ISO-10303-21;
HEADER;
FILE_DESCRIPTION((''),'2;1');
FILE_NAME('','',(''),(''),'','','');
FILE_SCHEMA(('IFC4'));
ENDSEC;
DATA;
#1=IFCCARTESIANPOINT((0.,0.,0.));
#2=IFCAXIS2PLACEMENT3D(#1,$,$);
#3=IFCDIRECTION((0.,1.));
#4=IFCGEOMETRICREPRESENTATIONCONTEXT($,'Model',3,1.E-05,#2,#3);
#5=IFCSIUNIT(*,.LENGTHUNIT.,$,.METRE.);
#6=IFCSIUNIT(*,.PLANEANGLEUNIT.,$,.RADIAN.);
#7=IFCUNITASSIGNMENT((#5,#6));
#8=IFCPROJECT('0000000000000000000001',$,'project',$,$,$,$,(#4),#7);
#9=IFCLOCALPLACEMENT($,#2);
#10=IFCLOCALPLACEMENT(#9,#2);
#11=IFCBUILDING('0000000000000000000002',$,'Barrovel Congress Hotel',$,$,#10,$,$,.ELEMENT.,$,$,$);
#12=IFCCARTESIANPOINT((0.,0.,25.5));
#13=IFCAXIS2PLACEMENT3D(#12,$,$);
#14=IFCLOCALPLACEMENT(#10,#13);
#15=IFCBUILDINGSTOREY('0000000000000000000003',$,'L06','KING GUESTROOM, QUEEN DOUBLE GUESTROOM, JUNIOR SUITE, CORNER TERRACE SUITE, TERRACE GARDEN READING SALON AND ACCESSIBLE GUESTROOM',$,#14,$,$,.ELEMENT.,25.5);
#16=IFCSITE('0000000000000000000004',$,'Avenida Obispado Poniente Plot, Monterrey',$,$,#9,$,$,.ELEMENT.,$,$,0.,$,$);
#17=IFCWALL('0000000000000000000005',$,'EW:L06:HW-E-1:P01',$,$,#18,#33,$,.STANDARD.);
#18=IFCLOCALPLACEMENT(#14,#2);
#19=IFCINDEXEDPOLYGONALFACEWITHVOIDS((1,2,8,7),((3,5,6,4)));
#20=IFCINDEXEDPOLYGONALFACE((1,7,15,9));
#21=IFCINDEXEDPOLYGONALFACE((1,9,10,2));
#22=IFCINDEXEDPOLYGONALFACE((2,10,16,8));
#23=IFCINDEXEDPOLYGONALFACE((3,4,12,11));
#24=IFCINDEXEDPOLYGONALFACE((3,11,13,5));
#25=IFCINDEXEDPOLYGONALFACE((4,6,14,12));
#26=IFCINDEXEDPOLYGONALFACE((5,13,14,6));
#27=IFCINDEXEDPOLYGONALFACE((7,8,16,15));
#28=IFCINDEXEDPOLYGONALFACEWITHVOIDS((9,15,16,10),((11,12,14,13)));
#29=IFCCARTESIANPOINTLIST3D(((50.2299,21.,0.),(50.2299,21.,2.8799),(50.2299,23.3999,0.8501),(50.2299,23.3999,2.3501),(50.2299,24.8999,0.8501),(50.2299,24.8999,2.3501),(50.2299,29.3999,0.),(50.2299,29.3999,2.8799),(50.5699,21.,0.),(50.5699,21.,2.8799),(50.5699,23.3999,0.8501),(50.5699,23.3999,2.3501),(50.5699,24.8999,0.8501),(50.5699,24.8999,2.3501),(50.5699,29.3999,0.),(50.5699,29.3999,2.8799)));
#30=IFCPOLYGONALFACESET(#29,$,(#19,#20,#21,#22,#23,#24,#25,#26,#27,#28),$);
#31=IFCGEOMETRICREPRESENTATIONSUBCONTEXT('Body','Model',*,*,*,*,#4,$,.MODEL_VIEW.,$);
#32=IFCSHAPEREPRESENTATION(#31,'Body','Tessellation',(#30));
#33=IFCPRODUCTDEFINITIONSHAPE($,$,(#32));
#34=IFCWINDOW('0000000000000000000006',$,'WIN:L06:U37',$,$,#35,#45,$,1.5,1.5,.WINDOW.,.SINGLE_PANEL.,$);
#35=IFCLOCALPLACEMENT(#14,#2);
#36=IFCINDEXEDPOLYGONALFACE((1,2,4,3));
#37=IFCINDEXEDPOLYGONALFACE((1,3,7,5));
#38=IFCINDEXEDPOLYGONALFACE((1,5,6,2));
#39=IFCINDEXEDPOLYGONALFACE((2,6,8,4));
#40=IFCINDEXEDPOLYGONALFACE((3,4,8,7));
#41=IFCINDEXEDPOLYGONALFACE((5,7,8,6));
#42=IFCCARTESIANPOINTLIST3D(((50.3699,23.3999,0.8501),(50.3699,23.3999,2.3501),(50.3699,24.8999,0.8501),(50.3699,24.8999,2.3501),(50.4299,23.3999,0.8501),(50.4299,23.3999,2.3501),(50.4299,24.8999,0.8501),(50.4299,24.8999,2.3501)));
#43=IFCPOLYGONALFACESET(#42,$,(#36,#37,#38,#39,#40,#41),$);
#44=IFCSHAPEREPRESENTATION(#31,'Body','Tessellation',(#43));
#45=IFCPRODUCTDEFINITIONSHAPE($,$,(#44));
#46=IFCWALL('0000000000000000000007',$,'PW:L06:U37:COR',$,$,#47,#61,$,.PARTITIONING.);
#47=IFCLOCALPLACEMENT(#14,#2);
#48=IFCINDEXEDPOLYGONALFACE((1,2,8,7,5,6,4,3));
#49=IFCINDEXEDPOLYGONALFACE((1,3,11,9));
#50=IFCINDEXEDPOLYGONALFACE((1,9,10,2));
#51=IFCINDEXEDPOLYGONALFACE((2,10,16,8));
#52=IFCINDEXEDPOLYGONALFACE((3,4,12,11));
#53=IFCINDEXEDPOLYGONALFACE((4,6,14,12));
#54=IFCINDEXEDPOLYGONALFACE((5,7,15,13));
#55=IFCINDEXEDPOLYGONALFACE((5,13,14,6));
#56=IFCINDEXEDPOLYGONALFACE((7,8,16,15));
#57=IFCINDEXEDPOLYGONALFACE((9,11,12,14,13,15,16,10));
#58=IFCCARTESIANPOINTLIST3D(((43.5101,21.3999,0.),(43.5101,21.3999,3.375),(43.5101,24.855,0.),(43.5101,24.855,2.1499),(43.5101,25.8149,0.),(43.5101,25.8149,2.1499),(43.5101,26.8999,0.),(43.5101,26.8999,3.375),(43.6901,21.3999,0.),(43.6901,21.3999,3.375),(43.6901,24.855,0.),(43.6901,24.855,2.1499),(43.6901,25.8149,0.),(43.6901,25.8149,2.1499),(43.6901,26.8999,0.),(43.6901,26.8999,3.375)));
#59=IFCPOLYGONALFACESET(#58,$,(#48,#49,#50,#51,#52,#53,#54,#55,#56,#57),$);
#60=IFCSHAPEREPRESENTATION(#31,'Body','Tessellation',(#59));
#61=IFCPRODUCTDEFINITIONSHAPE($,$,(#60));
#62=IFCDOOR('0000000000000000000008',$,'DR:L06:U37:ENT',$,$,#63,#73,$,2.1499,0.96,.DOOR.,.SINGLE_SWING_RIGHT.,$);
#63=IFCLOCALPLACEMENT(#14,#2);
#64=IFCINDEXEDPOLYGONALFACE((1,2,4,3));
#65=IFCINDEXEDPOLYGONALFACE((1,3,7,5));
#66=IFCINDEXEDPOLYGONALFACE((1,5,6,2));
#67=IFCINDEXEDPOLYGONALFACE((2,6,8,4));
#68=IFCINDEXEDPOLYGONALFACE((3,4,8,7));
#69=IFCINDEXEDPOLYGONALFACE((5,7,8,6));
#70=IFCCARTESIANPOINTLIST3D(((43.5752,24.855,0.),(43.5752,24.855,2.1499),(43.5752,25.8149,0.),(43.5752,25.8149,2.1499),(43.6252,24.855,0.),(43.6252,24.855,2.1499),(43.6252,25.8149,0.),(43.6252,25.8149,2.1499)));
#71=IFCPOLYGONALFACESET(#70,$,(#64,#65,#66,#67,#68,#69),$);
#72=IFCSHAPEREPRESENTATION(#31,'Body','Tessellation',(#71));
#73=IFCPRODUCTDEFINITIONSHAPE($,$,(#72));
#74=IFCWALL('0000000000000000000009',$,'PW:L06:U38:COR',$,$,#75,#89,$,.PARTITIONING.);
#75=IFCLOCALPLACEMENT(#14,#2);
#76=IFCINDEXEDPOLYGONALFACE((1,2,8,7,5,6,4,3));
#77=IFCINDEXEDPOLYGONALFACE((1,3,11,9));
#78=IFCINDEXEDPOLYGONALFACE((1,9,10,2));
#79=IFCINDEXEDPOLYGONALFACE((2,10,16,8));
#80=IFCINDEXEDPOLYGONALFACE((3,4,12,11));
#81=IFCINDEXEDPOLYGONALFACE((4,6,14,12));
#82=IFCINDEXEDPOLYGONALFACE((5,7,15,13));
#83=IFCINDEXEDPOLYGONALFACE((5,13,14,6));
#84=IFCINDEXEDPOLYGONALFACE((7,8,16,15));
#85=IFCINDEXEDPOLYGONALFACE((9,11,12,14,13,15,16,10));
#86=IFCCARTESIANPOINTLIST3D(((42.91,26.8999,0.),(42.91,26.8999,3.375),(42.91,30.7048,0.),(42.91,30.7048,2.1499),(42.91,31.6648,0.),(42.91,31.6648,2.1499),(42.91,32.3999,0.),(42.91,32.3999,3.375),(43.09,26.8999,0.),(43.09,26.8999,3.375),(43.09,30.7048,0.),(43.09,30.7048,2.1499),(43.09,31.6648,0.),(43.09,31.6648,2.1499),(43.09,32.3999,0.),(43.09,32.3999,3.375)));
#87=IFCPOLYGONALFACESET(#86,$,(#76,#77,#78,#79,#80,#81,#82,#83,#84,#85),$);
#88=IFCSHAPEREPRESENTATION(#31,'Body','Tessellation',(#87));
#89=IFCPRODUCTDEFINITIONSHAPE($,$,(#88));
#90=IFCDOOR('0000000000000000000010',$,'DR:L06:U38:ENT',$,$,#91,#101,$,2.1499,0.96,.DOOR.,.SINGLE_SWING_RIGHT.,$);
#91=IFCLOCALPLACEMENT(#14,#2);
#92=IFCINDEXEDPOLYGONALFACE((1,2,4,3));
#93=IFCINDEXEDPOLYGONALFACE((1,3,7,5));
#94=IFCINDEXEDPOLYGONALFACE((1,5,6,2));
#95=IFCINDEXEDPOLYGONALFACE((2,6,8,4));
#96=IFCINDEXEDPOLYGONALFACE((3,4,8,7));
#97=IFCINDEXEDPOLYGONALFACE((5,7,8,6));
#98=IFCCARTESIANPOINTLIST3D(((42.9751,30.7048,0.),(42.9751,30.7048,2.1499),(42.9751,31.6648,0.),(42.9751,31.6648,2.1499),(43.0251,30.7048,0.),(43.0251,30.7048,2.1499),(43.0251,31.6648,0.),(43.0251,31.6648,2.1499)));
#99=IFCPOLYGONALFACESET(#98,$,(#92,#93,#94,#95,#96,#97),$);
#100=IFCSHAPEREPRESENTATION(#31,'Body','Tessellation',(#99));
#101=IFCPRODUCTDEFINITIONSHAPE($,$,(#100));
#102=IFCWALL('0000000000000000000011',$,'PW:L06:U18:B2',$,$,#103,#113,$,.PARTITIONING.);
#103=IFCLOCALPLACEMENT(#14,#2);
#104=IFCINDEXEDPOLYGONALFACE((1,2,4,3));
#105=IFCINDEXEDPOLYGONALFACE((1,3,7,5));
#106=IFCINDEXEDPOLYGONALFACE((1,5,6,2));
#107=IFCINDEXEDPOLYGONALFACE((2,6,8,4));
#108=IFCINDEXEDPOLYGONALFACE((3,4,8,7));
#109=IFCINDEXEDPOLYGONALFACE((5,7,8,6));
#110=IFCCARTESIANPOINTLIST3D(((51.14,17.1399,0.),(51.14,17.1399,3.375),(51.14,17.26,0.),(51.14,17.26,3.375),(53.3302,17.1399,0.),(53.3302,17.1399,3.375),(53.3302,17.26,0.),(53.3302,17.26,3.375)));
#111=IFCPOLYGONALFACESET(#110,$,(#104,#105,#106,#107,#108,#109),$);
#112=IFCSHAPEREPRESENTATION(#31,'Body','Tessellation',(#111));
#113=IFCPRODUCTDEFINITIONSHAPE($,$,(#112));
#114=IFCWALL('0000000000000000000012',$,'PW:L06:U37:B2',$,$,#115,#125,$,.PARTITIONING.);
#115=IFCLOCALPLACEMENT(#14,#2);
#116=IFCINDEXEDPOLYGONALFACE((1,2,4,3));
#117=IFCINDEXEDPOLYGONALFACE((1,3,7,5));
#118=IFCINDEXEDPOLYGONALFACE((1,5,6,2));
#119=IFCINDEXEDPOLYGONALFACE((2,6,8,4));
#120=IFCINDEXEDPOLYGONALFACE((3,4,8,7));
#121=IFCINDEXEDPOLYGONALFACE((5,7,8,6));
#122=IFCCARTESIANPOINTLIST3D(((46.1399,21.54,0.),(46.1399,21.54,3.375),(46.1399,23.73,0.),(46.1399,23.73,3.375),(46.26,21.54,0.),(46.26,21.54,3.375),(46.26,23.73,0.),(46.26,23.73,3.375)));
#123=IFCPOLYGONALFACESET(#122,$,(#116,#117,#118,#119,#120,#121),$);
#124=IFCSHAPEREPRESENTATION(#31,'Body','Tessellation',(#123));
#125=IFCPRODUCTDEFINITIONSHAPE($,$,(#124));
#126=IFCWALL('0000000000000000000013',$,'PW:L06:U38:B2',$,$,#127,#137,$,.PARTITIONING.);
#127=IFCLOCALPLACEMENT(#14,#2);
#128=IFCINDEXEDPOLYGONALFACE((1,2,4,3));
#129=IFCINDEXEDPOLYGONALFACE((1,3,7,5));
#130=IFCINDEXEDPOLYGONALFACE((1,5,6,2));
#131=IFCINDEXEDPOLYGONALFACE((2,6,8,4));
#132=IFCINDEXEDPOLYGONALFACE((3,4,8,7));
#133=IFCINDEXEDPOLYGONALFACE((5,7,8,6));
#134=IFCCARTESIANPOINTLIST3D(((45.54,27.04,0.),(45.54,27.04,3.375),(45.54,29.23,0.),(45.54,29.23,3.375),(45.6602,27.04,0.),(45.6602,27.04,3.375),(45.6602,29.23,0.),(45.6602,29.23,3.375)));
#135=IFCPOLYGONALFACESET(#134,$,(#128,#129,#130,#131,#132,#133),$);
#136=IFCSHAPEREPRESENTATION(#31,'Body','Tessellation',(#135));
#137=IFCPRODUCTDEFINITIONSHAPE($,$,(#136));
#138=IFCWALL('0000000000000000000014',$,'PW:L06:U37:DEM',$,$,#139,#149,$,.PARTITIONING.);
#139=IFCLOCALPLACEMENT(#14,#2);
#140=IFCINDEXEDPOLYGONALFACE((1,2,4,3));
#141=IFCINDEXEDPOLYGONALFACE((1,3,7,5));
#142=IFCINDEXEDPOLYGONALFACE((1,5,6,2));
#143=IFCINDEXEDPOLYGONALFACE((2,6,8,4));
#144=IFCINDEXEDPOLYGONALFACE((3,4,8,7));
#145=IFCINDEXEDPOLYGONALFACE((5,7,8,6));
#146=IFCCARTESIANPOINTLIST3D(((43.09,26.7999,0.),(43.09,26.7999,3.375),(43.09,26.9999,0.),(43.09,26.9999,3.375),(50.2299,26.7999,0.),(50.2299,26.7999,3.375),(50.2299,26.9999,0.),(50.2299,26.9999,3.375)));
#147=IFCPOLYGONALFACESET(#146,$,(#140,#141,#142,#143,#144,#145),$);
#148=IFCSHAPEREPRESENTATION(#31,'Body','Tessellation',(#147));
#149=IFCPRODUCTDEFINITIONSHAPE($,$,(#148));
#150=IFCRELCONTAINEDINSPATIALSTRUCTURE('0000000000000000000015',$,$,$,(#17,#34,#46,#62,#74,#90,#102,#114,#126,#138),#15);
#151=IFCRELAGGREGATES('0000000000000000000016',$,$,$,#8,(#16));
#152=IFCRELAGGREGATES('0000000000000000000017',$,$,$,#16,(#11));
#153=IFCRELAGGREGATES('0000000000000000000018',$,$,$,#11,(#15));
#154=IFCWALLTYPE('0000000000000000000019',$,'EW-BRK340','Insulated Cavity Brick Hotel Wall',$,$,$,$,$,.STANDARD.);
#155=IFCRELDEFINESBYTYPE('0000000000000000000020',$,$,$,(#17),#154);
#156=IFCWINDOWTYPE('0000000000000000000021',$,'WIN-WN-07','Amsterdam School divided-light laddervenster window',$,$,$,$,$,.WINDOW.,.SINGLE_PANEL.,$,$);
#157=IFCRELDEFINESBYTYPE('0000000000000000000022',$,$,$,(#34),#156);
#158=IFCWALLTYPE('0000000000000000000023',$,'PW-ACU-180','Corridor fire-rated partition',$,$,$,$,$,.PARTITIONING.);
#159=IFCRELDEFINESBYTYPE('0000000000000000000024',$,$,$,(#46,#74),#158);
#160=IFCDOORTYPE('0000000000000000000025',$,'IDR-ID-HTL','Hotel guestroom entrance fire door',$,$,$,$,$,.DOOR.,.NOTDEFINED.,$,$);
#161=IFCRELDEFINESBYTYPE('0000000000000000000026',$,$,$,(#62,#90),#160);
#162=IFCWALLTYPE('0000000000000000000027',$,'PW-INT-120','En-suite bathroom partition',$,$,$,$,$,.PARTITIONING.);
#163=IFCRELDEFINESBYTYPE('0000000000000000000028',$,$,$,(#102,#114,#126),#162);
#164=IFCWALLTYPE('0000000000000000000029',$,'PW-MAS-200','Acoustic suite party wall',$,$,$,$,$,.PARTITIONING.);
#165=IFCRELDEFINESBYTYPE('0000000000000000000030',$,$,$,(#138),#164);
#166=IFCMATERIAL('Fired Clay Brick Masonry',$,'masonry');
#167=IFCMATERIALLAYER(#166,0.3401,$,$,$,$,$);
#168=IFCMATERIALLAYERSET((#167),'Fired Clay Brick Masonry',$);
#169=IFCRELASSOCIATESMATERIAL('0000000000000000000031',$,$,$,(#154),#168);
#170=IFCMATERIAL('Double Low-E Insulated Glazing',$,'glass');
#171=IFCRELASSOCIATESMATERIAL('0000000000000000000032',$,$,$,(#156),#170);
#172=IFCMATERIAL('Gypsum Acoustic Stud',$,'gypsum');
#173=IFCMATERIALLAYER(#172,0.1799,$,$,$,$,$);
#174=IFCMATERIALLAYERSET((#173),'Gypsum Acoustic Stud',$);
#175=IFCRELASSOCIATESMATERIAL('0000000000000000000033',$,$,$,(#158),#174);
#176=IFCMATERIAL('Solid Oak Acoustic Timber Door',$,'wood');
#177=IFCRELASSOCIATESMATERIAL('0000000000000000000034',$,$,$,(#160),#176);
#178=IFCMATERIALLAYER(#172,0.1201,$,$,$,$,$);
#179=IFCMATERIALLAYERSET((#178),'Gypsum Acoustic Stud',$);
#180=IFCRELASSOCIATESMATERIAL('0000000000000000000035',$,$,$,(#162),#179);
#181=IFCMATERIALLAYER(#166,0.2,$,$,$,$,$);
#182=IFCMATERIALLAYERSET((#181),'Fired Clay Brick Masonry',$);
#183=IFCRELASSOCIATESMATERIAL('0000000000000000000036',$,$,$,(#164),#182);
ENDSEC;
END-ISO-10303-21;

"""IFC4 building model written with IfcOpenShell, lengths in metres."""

from ifc_helpers import new_model, si_unit, direction, frame, frame_2d, origin, place, context, subcontext, project, spatial, rectangle, extrude, material, layer, layer_set, type_object, element, fill, save


model = new_model("IFC4")

# Units and contexts
model_context = context("Model", 3, precision=1e-05, world=origin(), true_north=direction((0.0, 1.0)))
body_context = subcontext(model_context, "Body", "Model", "MODEL_VIEW")
ifc_project = project(units=[si_unit("LENGTHUNIT", "METRE"), si_unit("PLANEANGLEUNIT", "RADIAN")], contexts=[model_context])

# Site, building, storey
site_placement = place(None, origin())
site = spatial("IfcSite", under=ifc_project, at=site_placement, Name="Avenida Obispado Poniente Plot, Monterrey", CompositionType="ELEMENT", RefElevation=0.0)
building_placement = place(site_placement, origin())
building = spatial("IfcBuilding", under=site, at=building_placement, Name="Barrovel Congress Hotel", CompositionType="ELEMENT")
storey_placement = place(building_placement, frame((0.0, 0.0, 25.5)))
storey = spatial("IfcBuildingStorey", under=building, at=storey_placement, Name="L06", Description="KING GUESTROOM, QUEEN DOUBLE GUESTROOM, JUNIOR SUITE, CORNER TERRACE SUITE, TERRACE GARDEN READING SALON AND ACCESSIBLE GUESTROOM", CompositionType="ELEMENT", Elevation=25.5)

# Wall, opening, window
ifc_material_1 = material(Name="Fired Clay Brick Masonry", Category="masonry")
ifc_layer_1 = layer(ifc_material_1, 0.3401)
ifc_layer_set_1 = layer_set([ifc_layer_1], Name="Fired Clay Brick Masonry")
wall_type_1 = type_object("IfcWallType", Name="EW-BRK340", Description="Insulated Cavity Brick Hotel Wall", PredefinedType="STANDARD", material=ifc_layer_set_1)
wall_1_placement = place(storey_placement, frame((50.3999, 21.0, 0.0), z_axis=(0.0, 0.0, 1.0), x_axis=(0.0, 1.0, 0.0)))
wall_1 = element("IfcWall", 1, at=wall_1_placement, inside=storey, type_object=wall_type_1, Name="EW:L06:HW-E-1:P01", PredefinedType="STANDARD", context=body_context, shape_type="SweptSolid", body=[
    extrude(rectangle(XDim=8.3999, YDim=0.3401, at=frame_2d((4.2, 0.0))), origin(), (0.0, 0.0, 1.0), 2.8799),
])
opening_1_placement = place(wall_1_placement, frame((2.3999, 0.0, 0.8501)))
opening_1 = element("IfcOpeningElement", 2, at=opening_1_placement, cuts=wall_1, PredefinedType="OPENING", context=body_context, shape_type="SweptSolid", body=[
    extrude(rectangle(XDim=1.5, YDim=1.5, at=frame_2d((0.75, 0.75))), frame((0.0, 0.1802, 0.0), z_axis=(0.0, -1.0, 0.0), x_axis=(1.0, 0.0, 0.0)), (0.0, 0.0, 1.0), 0.3601),
])
ifc_material_2 = material(Name="Double Low-E Insulated Glazing", Category="glass")
window_type = type_object("IfcWindowType", Name="WIN-WN-07", Description="Amsterdam School divided-light laddervenster window", PartitioningType="SINGLE_PANEL", PredefinedType="WINDOW", material=ifc_material_2)
window_placement = place(opening_1_placement, origin())
window = element("IfcWindow", 3, at=window_placement, inside=storey, type_object=window_type, Name="WIN:L06:U37", OverallHeight=1.5, OverallWidth=1.5, PartitioningType="SINGLE_PANEL", PredefinedType="WINDOW", context=body_context, shape_type="SweptSolid", body=[
    extrude(rectangle(XDim=1.5, YDim=1.5, at=frame_2d((0.75, 0.75))), frame((0.0, 0.03, 0.0), z_axis=(0.0, -1.0, 0.0), x_axis=(1.0, 0.0, 0.0)), (0.0, 0.0, 1.0), 0.0601),
])
fill(opening_1, window)

# Walls, openings, doors
ifc_material_3 = material(Name="Gypsum Acoustic Stud", Category="gypsum")
ifc_layer_2 = layer(ifc_material_3, 0.1799)
ifc_layer_set_2 = layer_set([ifc_layer_2], Name="Gypsum Acoustic Stud")
wall_type_2 = type_object("IfcWallType", Name="PW-ACU-180", Description="Corridor fire-rated partition", PredefinedType="PARTITIONING", material=ifc_layer_set_2)
wall_2_placement = place(storey_placement, frame((43.6001, 21.3999, 0.0), z_axis=(0.0, 0.0, 1.0), x_axis=(0.0, 1.0, 0.0)))
wall_2 = element("IfcWall", 4, at=wall_2_placement, inside=storey, type_object=wall_type_2, Name="PW:L06:U37:COR", PredefinedType="PARTITIONING", context=body_context, shape_type="SweptSolid", body=[
    extrude(rectangle(XDim=5.5, YDim=0.1799, at=frame_2d((2.75, 0.0))), origin(), (0.0, 0.0, 1.0), 3.375),
])
opening_2_placement = place(wall_2_placement, frame((3.4551, 0.0, 0.0)))
opening_2 = element("IfcOpeningElement", 5, at=opening_2_placement, cuts=wall_2, PredefinedType="OPENING", context=body_context, shape_type="SweptSolid", body=[
    extrude(rectangle(XDim=0.96, YDim=2.1499, at=frame_2d((0.48, 1.075))), frame((0.0, 0.1001, 0.0), z_axis=(0.0, -1.0, 0.0), x_axis=(1.0, 0.0, 0.0)), (0.0, 0.0, 1.0), 0.2),
])
ifc_material_4 = material(Name="Solid Oak Acoustic Timber Door", Category="wood")
door_type_1 = type_object("IfcDoorType", Name="IDR-ID-HTL", Description="Hotel guestroom entrance fire door", OperationType="NOTDEFINED", PredefinedType="DOOR", material=ifc_material_4)
door_1_placement = place(opening_2_placement, origin())
door_1 = element("IfcDoor", 6, at=door_1_placement, inside=storey, type_object=door_type_1, Name="DR:L06:U37:ENT", OperationType="SINGLE_SWING_RIGHT", OverallHeight=2.1499, OverallWidth=0.96, PredefinedType="DOOR", context=body_context, shape_type="SweptSolid", body=[
    extrude(rectangle(XDim=0.96, YDim=2.1499, at=frame_2d((0.48, 1.075))), frame((0.0, 0.0249, 0.0), z_axis=(0.0, -1.0, 0.0), x_axis=(1.0, 0.0, 0.0)), (0.0, 0.0, 1.0), 0.05),
])
fill(opening_2, door_1)
wall_3_placement = place(storey_placement, frame((43.0, 26.8999, 0.0), z_axis=(0.0, 0.0, 1.0), x_axis=(0.0, 1.0, 0.0)))
wall_3 = element("IfcWall", 7, at=wall_3_placement, inside=storey, type_object=wall_type_2, Name="PW:L06:U38:COR", PredefinedType="PARTITIONING", context=body_context, shape_type="SweptSolid", body=[
    extrude(rectangle(XDim=5.5, YDim=0.1799, at=frame_2d((2.75, 0.0))), origin(), (0.0, 0.0, 1.0), 3.375),
])
opening_3_placement = place(wall_3_placement, frame((3.8049, 0.0, 0.0)))
opening_3 = element("IfcOpeningElement", 8, at=opening_3_placement, cuts=wall_3, PredefinedType="OPENING", context=body_context, shape_type="SweptSolid", body=[
    extrude(rectangle(XDim=0.96, YDim=2.1499, at=frame_2d((0.48, 1.075))), frame((0.0, 0.1001, 0.0), z_axis=(0.0, -1.0, 0.0), x_axis=(1.0, 0.0, 0.0)), (0.0, 0.0, 1.0), 0.2),
])
door_2_placement = place(opening_3_placement, origin())
door_2 = element("IfcDoor", 9, at=door_2_placement, inside=storey, type_object=door_type_1, Name="DR:L06:U38:ENT", OperationType="SINGLE_SWING_RIGHT", OverallHeight=2.1499, OverallWidth=0.96, PredefinedType="DOOR", context=body_context, shape_type="SweptSolid", body=[
    extrude(rectangle(XDim=0.96, YDim=2.1499, at=frame_2d((0.48, 1.075))), frame((0.0, 0.0249, 0.0), z_axis=(0.0, -1.0, 0.0), x_axis=(1.0, 0.0, 0.0)), (0.0, 0.0, 1.0), 0.05),
])
fill(opening_3, door_2)

# Walls
ifc_layer_3 = layer(ifc_material_3, 0.1201)
ifc_layer_set_3 = layer_set([ifc_layer_3], Name="Gypsum Acoustic Stud")
wall_type_3 = type_object("IfcWallType", Name="PW-INT-120", Description="En-suite bathroom partition", PredefinedType="PARTITIONING", material=ifc_layer_set_3)
wall_4_placement = place(storey_placement, frame((51.1399, 17.2, 0.0), z_axis=(0.0, 0.0, 1.0), x_axis=(1.0, 0.0, 0.0)))
element("IfcWall", 10, at=wall_4_placement, inside=storey, type_object=wall_type_3, Name="PW:L06:U18:B2", PredefinedType="PARTITIONING", context=body_context, shape_type="SweptSolid", body=[
    extrude(rectangle(XDim=2.1902, YDim=0.1201, at=frame_2d((1.0952, 0.0))), origin(), (0.0, 0.0, 1.0), 3.375),
])
for number, where, z_axis, x_axis, name in (
    (11, (46.2, 21.54, 0.0), (0.0, 0.0, 1.0), (0.0, 1.0, 0.0), "PW:L06:U37:B2"),
    (12, (45.6001, 27.04, 0.0), (0.0, 0.0, 1.0), (0.0, 1.0, 0.0), "PW:L06:U38:B2"),
):
    element("IfcWall", number, at=place(storey_placement, frame(where, z_axis=z_axis, x_axis=x_axis)), inside=storey, type_object=wall_type_3, Name=name, PredefinedType="PARTITIONING", context=body_context, shape_type="SweptSolid", body=[
        extrude(rectangle(XDim=2.1899, YDim=0.1201, at=frame_2d((1.095, 0.0))), origin(), (0.0, 0.0, 1.0), 3.375),
    ])
ifc_layer_4 = layer(ifc_material_1, 0.2)
ifc_layer_set_4 = layer_set([ifc_layer_4], Name="Fired Clay Brick Masonry")
wall_type_4 = type_object("IfcWallType", Name="PW-MAS-200", Description="Acoustic suite party wall", PredefinedType="PARTITIONING", material=ifc_layer_set_4)
wall_5_placement = place(storey_placement, frame((43.0901, 26.8999, 0.0), z_axis=(0.0, 0.0, 1.0), x_axis=(1.0, 0.0, 0.0)))
element("IfcWall", 13, at=wall_5_placement, inside=storey, type_object=wall_type_4, Name="PW:L06:U37:DEM", PredefinedType="PARTITIONING", context=body_context, shape_type="SweptSolid", body=[
    extrude(rectangle(XDim=7.1399, YDim=0.2, at=frame_2d((3.5698, 0.0))), origin(), (0.0, 0.0, 1.0), 3.375),
])

save(model, "model.ifc")
